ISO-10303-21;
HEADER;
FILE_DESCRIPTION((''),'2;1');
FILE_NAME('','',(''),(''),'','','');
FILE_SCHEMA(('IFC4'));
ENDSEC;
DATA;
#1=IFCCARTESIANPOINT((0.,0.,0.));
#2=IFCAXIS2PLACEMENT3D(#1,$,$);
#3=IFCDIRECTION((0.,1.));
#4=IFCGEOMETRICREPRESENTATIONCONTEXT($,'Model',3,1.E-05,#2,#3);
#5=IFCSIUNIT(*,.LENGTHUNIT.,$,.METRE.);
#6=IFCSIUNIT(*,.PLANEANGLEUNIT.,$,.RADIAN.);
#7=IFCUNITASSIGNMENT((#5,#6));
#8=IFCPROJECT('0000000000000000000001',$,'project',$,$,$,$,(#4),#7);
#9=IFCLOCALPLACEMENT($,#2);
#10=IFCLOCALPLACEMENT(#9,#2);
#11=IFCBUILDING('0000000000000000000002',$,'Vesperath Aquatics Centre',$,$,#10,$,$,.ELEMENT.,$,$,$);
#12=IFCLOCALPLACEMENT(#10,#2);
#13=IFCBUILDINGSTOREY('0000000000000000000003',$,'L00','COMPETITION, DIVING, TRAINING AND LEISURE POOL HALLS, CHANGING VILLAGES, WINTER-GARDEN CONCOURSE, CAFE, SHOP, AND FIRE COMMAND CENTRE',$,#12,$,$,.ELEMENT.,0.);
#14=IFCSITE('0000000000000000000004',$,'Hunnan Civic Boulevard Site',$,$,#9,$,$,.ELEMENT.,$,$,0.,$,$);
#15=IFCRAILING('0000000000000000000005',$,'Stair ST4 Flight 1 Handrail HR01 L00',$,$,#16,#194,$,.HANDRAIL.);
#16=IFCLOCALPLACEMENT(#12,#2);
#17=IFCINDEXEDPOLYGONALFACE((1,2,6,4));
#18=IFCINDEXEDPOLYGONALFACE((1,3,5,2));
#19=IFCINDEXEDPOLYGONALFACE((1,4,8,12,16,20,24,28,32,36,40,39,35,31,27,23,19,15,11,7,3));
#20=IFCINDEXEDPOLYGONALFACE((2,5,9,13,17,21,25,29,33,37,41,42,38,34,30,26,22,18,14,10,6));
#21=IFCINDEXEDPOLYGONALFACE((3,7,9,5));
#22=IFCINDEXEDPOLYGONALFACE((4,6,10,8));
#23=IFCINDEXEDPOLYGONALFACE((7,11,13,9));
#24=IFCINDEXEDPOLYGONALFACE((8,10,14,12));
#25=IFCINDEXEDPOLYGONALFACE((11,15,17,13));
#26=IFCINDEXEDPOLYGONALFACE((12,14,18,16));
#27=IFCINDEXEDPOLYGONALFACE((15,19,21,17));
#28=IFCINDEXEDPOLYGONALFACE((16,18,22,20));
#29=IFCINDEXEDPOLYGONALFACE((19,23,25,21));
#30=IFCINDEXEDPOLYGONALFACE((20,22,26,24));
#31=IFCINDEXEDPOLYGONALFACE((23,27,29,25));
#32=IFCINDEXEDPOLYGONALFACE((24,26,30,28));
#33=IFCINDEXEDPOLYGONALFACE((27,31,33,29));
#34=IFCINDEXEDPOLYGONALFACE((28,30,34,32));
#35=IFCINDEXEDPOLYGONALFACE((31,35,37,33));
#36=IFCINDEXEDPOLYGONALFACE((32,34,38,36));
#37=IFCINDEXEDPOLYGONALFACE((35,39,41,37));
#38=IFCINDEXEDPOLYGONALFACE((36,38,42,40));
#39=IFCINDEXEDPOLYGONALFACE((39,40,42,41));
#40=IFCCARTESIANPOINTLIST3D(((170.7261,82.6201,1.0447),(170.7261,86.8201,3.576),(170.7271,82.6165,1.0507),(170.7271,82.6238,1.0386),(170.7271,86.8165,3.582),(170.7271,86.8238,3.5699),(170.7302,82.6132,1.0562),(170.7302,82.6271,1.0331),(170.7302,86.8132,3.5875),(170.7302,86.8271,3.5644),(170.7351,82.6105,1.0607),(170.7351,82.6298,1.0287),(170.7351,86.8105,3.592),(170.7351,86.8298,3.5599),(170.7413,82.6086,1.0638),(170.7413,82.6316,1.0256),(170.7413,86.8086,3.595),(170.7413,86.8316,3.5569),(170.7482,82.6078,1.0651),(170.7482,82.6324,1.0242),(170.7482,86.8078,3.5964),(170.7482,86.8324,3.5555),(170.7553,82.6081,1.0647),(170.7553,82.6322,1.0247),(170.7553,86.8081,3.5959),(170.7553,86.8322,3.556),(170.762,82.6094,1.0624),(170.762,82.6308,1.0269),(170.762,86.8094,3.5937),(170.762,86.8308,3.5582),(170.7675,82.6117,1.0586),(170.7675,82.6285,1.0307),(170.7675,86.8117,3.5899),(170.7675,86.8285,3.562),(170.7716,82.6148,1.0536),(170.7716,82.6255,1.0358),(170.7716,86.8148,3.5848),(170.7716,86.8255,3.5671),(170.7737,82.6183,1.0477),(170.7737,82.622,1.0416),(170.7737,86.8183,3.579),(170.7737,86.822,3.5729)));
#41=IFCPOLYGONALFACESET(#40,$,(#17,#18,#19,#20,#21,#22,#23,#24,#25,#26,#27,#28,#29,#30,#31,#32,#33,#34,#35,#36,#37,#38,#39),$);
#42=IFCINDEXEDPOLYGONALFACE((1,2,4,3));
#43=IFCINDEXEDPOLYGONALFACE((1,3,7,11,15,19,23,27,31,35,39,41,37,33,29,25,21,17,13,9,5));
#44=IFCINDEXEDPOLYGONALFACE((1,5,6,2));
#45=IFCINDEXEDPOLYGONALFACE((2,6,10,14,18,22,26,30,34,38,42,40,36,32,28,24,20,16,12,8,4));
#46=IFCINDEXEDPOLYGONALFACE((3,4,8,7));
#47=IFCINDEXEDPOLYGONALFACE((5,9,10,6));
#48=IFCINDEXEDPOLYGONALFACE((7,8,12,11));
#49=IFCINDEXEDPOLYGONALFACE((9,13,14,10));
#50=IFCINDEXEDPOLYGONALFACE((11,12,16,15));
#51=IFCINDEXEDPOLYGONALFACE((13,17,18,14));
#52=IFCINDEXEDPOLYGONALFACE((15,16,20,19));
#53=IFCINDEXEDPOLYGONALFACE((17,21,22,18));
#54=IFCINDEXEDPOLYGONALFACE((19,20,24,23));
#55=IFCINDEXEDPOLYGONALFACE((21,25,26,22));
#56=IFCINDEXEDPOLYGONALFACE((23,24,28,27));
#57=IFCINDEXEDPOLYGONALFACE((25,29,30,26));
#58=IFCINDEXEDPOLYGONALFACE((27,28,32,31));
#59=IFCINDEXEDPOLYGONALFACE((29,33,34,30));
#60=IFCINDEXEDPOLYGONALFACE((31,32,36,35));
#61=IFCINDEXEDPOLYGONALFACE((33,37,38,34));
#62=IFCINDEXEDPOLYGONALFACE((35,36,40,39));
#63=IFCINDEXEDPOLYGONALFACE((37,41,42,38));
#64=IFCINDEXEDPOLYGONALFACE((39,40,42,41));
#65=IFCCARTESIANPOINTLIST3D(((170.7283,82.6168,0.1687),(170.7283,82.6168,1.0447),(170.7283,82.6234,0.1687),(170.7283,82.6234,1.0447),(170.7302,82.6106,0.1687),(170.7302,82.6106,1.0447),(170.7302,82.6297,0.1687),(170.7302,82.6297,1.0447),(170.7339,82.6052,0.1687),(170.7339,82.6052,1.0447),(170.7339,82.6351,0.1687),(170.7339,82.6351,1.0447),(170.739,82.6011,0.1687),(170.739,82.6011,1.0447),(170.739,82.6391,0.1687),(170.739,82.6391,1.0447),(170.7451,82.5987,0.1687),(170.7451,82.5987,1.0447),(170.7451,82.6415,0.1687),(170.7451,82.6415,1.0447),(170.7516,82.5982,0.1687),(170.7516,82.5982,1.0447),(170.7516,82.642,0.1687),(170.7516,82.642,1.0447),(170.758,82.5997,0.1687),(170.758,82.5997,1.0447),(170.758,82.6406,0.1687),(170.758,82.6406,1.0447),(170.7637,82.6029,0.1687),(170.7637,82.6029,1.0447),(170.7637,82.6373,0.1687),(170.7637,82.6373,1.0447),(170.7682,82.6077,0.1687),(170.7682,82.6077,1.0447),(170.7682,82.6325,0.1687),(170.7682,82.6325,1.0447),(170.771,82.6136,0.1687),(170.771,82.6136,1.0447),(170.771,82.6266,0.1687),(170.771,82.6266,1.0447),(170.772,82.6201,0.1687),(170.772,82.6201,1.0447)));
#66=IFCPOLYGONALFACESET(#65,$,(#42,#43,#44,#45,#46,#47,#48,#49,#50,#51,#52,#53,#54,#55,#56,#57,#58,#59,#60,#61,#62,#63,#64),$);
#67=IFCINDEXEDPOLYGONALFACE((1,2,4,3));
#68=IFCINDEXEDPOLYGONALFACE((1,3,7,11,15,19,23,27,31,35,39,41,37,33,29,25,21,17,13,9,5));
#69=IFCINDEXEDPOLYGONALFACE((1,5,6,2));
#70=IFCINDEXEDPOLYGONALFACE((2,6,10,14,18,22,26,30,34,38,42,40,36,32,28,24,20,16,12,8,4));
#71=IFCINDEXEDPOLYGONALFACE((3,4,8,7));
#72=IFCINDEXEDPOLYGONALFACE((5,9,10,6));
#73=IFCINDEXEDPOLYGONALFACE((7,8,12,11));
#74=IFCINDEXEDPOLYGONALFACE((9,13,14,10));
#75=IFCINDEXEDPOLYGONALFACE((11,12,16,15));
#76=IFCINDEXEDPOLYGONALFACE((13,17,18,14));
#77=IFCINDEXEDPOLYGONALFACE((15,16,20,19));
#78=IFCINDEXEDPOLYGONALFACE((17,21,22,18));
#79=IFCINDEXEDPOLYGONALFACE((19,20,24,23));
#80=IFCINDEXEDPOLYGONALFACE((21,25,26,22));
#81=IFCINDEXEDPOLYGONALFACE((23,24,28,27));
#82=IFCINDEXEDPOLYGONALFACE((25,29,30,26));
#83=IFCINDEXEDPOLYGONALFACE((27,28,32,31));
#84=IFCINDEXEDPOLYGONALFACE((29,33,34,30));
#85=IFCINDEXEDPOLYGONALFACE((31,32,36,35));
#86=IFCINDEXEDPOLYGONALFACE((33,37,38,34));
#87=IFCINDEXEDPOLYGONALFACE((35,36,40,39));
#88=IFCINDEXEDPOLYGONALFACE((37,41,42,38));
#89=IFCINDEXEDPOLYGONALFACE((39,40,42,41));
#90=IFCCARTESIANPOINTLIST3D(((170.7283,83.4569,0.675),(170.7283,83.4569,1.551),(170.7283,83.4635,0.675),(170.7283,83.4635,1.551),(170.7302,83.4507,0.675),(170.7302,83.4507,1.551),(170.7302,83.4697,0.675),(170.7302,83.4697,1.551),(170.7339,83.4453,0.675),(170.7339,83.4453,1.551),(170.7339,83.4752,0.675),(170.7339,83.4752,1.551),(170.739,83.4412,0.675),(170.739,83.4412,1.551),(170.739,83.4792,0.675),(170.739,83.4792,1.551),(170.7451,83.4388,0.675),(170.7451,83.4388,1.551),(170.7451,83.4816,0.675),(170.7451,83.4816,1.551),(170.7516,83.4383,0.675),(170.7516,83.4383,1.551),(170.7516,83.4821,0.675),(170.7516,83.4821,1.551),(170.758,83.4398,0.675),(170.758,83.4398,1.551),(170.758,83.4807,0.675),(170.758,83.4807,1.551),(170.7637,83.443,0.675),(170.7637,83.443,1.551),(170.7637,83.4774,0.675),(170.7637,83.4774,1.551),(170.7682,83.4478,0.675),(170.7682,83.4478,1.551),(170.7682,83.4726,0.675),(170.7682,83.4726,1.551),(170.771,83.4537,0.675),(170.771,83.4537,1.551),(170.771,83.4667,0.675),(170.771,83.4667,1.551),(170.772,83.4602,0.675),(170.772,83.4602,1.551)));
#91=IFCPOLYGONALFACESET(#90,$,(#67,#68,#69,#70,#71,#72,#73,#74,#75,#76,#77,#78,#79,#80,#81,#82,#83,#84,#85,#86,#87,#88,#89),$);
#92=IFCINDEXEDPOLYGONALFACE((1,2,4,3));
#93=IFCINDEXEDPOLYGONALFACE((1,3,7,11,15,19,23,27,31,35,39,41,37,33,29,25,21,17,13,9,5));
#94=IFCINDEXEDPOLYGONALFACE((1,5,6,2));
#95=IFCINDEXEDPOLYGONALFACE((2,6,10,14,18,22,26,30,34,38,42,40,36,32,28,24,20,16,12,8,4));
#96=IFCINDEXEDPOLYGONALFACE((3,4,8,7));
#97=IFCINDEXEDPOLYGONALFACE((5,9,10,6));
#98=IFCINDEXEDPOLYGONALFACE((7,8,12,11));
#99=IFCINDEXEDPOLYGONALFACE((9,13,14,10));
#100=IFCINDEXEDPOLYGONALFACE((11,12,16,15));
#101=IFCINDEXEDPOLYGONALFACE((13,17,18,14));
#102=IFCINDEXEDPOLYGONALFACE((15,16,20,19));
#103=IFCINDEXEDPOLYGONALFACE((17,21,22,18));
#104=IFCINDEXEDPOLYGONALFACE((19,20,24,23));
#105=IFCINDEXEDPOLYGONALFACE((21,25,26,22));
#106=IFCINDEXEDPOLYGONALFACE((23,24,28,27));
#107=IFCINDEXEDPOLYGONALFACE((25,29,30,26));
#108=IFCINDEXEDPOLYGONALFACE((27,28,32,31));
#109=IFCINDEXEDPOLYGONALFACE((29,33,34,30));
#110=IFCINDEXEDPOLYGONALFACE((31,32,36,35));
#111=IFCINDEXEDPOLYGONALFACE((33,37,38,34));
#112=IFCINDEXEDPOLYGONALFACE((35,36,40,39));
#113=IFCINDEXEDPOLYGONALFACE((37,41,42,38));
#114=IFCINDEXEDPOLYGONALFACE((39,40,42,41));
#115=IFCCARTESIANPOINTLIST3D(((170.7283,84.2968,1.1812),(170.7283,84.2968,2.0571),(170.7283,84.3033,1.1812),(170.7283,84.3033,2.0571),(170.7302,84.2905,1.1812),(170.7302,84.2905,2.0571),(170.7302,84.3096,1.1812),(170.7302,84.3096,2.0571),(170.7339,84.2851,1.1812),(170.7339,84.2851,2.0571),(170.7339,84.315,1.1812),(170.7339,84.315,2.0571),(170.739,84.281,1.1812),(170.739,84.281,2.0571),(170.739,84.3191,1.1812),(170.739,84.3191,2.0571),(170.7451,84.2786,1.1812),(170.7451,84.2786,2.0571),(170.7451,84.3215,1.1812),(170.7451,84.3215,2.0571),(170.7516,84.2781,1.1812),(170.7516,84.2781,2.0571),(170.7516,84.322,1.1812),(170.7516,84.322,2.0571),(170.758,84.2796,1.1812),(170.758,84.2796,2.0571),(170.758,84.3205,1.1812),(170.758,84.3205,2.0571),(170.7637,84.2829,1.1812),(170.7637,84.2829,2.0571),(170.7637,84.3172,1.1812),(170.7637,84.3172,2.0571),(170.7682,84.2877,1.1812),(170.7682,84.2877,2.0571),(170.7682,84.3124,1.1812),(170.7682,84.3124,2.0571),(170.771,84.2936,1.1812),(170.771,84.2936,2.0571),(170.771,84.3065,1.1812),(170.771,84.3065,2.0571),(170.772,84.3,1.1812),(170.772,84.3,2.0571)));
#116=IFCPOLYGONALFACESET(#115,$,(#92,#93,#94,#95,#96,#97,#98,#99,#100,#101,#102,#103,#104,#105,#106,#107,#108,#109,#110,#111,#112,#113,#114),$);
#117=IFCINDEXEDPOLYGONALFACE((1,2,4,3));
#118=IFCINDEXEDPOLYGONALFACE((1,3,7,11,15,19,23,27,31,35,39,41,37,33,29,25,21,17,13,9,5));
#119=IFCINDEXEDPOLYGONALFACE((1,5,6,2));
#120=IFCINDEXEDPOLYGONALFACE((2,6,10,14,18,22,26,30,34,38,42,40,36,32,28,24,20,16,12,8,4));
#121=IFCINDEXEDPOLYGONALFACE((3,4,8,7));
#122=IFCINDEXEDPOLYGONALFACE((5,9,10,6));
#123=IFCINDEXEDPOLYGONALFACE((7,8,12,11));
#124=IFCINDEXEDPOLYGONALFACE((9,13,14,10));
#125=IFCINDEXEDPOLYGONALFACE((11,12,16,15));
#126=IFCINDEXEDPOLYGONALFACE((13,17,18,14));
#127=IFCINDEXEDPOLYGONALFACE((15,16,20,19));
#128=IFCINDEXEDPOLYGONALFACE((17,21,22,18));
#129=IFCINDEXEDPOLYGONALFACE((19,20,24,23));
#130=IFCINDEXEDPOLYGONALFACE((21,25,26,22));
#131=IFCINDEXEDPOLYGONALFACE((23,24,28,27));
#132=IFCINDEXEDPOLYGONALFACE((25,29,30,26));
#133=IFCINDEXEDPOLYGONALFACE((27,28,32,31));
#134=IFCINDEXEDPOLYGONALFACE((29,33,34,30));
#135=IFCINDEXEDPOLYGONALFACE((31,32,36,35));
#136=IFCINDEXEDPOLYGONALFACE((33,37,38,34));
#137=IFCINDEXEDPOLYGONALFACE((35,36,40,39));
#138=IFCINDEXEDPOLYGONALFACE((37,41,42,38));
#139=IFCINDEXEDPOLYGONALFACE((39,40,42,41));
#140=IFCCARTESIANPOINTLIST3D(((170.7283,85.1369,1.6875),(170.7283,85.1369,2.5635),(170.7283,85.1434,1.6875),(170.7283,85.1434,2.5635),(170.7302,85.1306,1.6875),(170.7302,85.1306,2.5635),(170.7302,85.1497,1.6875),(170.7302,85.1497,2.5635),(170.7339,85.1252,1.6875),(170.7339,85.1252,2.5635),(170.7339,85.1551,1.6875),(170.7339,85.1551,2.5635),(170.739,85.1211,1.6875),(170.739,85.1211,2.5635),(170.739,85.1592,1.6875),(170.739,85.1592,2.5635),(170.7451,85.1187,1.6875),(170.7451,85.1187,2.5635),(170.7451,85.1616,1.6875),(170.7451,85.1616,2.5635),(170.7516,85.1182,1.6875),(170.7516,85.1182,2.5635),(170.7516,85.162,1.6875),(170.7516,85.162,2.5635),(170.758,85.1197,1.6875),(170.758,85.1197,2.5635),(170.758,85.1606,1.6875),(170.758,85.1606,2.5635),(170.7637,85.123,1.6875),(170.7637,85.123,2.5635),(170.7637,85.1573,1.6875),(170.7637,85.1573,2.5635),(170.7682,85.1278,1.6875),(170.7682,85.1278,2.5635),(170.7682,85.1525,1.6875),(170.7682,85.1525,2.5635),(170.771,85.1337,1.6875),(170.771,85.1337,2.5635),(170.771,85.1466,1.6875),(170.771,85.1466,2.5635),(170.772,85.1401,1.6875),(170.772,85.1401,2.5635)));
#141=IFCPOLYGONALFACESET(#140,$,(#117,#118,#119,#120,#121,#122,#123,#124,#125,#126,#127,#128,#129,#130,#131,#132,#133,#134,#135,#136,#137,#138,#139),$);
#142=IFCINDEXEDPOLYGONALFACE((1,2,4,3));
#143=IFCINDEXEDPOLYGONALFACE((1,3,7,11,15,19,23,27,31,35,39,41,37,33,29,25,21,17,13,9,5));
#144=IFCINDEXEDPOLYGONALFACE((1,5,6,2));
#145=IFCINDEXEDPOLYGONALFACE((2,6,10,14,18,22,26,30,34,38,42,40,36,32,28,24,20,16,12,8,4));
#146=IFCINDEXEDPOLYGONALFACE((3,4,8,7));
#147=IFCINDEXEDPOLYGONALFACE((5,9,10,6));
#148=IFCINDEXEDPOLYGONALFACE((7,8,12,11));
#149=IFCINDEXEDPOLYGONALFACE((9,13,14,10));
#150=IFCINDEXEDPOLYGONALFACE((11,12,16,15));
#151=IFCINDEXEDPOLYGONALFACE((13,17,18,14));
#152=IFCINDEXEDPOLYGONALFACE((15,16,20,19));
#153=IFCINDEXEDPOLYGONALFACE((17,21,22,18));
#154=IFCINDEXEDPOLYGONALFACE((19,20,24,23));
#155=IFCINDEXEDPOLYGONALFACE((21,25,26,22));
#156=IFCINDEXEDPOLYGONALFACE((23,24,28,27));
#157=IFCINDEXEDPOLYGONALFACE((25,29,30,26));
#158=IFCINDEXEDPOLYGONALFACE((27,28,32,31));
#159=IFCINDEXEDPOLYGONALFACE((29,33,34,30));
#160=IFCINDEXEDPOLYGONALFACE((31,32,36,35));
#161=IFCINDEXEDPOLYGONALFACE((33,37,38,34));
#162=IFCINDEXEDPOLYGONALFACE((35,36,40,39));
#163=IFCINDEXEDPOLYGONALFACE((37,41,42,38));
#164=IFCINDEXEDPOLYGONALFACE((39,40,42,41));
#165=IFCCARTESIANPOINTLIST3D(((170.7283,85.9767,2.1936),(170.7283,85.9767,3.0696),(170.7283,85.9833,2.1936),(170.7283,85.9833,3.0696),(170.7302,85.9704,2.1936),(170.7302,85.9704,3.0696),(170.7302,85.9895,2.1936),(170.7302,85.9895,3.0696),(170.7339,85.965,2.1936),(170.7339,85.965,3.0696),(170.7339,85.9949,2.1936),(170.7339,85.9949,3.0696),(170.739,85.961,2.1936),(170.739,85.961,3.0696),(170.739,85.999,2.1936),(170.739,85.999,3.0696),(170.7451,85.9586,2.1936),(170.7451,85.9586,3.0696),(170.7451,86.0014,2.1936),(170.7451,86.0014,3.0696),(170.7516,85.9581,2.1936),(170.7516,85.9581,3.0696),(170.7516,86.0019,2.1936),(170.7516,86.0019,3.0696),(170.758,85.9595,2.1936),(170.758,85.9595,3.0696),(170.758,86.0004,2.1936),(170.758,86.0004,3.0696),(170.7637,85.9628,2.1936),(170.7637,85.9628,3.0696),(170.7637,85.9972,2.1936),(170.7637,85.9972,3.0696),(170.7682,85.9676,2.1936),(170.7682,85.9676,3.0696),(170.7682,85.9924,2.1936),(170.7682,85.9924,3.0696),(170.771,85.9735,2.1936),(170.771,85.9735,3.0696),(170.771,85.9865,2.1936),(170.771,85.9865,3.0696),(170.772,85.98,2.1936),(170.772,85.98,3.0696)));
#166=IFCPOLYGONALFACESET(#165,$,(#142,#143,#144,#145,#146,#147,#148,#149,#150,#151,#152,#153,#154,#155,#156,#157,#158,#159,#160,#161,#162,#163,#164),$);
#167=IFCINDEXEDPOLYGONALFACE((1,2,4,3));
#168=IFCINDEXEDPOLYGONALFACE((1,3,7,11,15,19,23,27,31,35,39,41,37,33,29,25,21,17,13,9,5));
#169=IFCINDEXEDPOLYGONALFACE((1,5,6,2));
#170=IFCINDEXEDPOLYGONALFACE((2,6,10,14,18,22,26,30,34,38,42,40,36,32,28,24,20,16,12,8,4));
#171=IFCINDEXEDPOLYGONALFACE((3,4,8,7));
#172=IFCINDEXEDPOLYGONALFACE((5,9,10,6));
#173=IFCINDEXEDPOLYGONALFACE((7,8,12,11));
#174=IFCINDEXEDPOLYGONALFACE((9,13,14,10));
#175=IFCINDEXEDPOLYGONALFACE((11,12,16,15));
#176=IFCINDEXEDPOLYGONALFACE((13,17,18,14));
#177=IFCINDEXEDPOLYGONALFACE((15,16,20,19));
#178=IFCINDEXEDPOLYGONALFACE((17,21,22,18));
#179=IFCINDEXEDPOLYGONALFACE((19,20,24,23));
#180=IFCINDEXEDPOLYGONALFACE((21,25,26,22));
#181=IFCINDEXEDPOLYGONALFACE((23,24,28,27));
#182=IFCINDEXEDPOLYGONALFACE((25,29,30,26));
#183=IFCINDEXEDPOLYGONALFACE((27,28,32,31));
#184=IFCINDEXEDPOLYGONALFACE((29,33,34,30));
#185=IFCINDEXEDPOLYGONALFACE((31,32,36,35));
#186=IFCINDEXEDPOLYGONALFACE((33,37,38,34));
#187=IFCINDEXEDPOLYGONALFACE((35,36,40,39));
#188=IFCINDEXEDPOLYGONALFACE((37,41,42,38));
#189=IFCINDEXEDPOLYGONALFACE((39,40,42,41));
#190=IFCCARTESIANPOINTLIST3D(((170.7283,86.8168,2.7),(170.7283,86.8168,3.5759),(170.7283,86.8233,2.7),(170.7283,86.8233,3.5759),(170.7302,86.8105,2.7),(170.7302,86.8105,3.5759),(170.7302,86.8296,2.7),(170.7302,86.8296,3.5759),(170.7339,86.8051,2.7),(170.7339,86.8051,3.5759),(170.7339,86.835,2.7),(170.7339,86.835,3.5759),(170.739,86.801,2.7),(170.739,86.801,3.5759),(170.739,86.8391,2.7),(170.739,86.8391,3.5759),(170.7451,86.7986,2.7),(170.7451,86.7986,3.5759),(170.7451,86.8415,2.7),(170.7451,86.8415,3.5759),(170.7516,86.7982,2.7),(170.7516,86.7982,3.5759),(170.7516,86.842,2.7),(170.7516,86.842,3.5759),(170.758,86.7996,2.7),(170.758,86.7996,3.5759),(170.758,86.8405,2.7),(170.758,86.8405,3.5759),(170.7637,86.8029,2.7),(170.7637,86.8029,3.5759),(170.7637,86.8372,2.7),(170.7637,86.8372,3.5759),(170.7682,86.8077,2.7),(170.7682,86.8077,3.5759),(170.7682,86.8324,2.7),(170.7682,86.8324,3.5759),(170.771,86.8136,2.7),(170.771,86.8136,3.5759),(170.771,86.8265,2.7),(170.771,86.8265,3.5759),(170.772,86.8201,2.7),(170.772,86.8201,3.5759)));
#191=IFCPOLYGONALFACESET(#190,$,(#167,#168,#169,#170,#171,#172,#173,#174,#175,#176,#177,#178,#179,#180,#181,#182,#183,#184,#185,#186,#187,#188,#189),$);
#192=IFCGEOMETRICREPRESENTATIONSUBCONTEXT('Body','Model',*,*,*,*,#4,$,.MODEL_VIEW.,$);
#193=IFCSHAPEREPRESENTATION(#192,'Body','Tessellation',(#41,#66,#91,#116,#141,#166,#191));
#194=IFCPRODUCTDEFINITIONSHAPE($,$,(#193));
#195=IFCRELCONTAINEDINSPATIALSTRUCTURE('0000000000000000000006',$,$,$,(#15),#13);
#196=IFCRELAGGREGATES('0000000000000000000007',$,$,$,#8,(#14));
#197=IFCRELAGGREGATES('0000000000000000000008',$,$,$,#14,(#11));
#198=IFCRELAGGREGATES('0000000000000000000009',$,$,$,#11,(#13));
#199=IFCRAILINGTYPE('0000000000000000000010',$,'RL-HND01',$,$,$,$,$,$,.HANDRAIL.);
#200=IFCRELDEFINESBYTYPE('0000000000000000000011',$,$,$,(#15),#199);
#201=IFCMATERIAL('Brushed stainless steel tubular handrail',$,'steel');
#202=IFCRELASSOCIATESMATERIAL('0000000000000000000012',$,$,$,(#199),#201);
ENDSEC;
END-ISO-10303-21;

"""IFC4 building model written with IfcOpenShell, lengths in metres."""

from ifc_helpers import new_model, si_unit, direction, frame, origin, origin_2d, place, context, subcontext, project, spatial, circle, extrude, material, type_object, element, save


model = new_model("IFC4")

# Units and contexts
model_context = context("Model", 3, precision=1e-05, world=origin(), true_north=direction((0.0, 1.0)))
body_context = subcontext(model_context, "Body", "Model", "MODEL_VIEW")
ifc_project = project(units=[si_unit("LENGTHUNIT", "METRE"), si_unit("PLANEANGLEUNIT", "RADIAN")], contexts=[model_context])

# Site, building, storey
site_placement = place(None, origin())
site = spatial("IfcSite", under=ifc_project, at=site_placement, Name="Hunnan Civic Boulevard Site", CompositionType="ELEMENT", RefElevation=0.0)
building_placement = place(site_placement, origin())
building = spatial("IfcBuilding", under=site, at=building_placement, Name="Vesperath Aquatics Centre", CompositionType="ELEMENT")
storey_placement = place(building_placement, origin())
storey = spatial("IfcBuildingStorey", under=building, at=storey_placement, Name="L00", Description="COMPETITION, DIVING, TRAINING AND LEISURE POOL HALLS, CHANGING VILLAGES, WINTER-GARDEN CONCOURSE, CAFE, SHOP, AND FIRE COMMAND CENTRE", CompositionType="ELEMENT", Elevation=0.0)

# Railing
ifc_material_1 = material(Name="Brushed stainless steel tubular handrail", Category="steel")
railing_type_1 = type_object("IfcRailingType", Name="RL-HND01", PredefinedType="HANDRAIL", material=ifc_material_1)
railing_1_placement = place(storey_placement, frame((170.75, 82.6201, 0.1687)))
element("IfcRailing", 1, at=railing_1_placement, inside=storey, type_object=railing_type_1, Name="Stair ST4 Flight 1 Handrail HR01 L00", PredefinedType="HANDRAIL", context=body_context, shape_type="SweptSolid", body=[
    extrude(circle(Radius=0.0239, at=origin_2d()), frame((0.0, 0.0, 0.876), z_axis=(0.0, 0.856476, 0.516186), x_axis=(-1.0, 0.0, 0.0)), (0.0, 0.0, 1.0), 4.9038),
    extrude(circle(Radius=0.022, at=origin_2d()), origin(), (0.0, 0.0, 1.0), 0.876),
    extrude(circle(Radius=0.022, at=origin_2d()), frame((0.0, 0.8401, 0.5063)), (0.0, 0.0, 1.0), 0.876),
    extrude(circle(Radius=0.022, at=origin_2d()), frame((0.0, 1.6799, 1.0125)), (0.0, 0.0, 1.0), 0.876),
    extrude(circle(Radius=0.022, at=origin_2d()), frame((0.0, 2.52, 1.5188)), (0.0, 0.0, 1.0), 0.876),
    extrude(circle(Radius=0.022, at=origin_2d()), frame((0.0, 3.3599, 2.0249)), (0.0, 0.0, 1.0), 0.876),
    extrude(circle(Radius=0.022, at=origin_2d()), frame((0.0, 4.2, 2.5312)), (0.0, 0.0, 1.0), 0.876),
])

save(model, "model.ifc")
